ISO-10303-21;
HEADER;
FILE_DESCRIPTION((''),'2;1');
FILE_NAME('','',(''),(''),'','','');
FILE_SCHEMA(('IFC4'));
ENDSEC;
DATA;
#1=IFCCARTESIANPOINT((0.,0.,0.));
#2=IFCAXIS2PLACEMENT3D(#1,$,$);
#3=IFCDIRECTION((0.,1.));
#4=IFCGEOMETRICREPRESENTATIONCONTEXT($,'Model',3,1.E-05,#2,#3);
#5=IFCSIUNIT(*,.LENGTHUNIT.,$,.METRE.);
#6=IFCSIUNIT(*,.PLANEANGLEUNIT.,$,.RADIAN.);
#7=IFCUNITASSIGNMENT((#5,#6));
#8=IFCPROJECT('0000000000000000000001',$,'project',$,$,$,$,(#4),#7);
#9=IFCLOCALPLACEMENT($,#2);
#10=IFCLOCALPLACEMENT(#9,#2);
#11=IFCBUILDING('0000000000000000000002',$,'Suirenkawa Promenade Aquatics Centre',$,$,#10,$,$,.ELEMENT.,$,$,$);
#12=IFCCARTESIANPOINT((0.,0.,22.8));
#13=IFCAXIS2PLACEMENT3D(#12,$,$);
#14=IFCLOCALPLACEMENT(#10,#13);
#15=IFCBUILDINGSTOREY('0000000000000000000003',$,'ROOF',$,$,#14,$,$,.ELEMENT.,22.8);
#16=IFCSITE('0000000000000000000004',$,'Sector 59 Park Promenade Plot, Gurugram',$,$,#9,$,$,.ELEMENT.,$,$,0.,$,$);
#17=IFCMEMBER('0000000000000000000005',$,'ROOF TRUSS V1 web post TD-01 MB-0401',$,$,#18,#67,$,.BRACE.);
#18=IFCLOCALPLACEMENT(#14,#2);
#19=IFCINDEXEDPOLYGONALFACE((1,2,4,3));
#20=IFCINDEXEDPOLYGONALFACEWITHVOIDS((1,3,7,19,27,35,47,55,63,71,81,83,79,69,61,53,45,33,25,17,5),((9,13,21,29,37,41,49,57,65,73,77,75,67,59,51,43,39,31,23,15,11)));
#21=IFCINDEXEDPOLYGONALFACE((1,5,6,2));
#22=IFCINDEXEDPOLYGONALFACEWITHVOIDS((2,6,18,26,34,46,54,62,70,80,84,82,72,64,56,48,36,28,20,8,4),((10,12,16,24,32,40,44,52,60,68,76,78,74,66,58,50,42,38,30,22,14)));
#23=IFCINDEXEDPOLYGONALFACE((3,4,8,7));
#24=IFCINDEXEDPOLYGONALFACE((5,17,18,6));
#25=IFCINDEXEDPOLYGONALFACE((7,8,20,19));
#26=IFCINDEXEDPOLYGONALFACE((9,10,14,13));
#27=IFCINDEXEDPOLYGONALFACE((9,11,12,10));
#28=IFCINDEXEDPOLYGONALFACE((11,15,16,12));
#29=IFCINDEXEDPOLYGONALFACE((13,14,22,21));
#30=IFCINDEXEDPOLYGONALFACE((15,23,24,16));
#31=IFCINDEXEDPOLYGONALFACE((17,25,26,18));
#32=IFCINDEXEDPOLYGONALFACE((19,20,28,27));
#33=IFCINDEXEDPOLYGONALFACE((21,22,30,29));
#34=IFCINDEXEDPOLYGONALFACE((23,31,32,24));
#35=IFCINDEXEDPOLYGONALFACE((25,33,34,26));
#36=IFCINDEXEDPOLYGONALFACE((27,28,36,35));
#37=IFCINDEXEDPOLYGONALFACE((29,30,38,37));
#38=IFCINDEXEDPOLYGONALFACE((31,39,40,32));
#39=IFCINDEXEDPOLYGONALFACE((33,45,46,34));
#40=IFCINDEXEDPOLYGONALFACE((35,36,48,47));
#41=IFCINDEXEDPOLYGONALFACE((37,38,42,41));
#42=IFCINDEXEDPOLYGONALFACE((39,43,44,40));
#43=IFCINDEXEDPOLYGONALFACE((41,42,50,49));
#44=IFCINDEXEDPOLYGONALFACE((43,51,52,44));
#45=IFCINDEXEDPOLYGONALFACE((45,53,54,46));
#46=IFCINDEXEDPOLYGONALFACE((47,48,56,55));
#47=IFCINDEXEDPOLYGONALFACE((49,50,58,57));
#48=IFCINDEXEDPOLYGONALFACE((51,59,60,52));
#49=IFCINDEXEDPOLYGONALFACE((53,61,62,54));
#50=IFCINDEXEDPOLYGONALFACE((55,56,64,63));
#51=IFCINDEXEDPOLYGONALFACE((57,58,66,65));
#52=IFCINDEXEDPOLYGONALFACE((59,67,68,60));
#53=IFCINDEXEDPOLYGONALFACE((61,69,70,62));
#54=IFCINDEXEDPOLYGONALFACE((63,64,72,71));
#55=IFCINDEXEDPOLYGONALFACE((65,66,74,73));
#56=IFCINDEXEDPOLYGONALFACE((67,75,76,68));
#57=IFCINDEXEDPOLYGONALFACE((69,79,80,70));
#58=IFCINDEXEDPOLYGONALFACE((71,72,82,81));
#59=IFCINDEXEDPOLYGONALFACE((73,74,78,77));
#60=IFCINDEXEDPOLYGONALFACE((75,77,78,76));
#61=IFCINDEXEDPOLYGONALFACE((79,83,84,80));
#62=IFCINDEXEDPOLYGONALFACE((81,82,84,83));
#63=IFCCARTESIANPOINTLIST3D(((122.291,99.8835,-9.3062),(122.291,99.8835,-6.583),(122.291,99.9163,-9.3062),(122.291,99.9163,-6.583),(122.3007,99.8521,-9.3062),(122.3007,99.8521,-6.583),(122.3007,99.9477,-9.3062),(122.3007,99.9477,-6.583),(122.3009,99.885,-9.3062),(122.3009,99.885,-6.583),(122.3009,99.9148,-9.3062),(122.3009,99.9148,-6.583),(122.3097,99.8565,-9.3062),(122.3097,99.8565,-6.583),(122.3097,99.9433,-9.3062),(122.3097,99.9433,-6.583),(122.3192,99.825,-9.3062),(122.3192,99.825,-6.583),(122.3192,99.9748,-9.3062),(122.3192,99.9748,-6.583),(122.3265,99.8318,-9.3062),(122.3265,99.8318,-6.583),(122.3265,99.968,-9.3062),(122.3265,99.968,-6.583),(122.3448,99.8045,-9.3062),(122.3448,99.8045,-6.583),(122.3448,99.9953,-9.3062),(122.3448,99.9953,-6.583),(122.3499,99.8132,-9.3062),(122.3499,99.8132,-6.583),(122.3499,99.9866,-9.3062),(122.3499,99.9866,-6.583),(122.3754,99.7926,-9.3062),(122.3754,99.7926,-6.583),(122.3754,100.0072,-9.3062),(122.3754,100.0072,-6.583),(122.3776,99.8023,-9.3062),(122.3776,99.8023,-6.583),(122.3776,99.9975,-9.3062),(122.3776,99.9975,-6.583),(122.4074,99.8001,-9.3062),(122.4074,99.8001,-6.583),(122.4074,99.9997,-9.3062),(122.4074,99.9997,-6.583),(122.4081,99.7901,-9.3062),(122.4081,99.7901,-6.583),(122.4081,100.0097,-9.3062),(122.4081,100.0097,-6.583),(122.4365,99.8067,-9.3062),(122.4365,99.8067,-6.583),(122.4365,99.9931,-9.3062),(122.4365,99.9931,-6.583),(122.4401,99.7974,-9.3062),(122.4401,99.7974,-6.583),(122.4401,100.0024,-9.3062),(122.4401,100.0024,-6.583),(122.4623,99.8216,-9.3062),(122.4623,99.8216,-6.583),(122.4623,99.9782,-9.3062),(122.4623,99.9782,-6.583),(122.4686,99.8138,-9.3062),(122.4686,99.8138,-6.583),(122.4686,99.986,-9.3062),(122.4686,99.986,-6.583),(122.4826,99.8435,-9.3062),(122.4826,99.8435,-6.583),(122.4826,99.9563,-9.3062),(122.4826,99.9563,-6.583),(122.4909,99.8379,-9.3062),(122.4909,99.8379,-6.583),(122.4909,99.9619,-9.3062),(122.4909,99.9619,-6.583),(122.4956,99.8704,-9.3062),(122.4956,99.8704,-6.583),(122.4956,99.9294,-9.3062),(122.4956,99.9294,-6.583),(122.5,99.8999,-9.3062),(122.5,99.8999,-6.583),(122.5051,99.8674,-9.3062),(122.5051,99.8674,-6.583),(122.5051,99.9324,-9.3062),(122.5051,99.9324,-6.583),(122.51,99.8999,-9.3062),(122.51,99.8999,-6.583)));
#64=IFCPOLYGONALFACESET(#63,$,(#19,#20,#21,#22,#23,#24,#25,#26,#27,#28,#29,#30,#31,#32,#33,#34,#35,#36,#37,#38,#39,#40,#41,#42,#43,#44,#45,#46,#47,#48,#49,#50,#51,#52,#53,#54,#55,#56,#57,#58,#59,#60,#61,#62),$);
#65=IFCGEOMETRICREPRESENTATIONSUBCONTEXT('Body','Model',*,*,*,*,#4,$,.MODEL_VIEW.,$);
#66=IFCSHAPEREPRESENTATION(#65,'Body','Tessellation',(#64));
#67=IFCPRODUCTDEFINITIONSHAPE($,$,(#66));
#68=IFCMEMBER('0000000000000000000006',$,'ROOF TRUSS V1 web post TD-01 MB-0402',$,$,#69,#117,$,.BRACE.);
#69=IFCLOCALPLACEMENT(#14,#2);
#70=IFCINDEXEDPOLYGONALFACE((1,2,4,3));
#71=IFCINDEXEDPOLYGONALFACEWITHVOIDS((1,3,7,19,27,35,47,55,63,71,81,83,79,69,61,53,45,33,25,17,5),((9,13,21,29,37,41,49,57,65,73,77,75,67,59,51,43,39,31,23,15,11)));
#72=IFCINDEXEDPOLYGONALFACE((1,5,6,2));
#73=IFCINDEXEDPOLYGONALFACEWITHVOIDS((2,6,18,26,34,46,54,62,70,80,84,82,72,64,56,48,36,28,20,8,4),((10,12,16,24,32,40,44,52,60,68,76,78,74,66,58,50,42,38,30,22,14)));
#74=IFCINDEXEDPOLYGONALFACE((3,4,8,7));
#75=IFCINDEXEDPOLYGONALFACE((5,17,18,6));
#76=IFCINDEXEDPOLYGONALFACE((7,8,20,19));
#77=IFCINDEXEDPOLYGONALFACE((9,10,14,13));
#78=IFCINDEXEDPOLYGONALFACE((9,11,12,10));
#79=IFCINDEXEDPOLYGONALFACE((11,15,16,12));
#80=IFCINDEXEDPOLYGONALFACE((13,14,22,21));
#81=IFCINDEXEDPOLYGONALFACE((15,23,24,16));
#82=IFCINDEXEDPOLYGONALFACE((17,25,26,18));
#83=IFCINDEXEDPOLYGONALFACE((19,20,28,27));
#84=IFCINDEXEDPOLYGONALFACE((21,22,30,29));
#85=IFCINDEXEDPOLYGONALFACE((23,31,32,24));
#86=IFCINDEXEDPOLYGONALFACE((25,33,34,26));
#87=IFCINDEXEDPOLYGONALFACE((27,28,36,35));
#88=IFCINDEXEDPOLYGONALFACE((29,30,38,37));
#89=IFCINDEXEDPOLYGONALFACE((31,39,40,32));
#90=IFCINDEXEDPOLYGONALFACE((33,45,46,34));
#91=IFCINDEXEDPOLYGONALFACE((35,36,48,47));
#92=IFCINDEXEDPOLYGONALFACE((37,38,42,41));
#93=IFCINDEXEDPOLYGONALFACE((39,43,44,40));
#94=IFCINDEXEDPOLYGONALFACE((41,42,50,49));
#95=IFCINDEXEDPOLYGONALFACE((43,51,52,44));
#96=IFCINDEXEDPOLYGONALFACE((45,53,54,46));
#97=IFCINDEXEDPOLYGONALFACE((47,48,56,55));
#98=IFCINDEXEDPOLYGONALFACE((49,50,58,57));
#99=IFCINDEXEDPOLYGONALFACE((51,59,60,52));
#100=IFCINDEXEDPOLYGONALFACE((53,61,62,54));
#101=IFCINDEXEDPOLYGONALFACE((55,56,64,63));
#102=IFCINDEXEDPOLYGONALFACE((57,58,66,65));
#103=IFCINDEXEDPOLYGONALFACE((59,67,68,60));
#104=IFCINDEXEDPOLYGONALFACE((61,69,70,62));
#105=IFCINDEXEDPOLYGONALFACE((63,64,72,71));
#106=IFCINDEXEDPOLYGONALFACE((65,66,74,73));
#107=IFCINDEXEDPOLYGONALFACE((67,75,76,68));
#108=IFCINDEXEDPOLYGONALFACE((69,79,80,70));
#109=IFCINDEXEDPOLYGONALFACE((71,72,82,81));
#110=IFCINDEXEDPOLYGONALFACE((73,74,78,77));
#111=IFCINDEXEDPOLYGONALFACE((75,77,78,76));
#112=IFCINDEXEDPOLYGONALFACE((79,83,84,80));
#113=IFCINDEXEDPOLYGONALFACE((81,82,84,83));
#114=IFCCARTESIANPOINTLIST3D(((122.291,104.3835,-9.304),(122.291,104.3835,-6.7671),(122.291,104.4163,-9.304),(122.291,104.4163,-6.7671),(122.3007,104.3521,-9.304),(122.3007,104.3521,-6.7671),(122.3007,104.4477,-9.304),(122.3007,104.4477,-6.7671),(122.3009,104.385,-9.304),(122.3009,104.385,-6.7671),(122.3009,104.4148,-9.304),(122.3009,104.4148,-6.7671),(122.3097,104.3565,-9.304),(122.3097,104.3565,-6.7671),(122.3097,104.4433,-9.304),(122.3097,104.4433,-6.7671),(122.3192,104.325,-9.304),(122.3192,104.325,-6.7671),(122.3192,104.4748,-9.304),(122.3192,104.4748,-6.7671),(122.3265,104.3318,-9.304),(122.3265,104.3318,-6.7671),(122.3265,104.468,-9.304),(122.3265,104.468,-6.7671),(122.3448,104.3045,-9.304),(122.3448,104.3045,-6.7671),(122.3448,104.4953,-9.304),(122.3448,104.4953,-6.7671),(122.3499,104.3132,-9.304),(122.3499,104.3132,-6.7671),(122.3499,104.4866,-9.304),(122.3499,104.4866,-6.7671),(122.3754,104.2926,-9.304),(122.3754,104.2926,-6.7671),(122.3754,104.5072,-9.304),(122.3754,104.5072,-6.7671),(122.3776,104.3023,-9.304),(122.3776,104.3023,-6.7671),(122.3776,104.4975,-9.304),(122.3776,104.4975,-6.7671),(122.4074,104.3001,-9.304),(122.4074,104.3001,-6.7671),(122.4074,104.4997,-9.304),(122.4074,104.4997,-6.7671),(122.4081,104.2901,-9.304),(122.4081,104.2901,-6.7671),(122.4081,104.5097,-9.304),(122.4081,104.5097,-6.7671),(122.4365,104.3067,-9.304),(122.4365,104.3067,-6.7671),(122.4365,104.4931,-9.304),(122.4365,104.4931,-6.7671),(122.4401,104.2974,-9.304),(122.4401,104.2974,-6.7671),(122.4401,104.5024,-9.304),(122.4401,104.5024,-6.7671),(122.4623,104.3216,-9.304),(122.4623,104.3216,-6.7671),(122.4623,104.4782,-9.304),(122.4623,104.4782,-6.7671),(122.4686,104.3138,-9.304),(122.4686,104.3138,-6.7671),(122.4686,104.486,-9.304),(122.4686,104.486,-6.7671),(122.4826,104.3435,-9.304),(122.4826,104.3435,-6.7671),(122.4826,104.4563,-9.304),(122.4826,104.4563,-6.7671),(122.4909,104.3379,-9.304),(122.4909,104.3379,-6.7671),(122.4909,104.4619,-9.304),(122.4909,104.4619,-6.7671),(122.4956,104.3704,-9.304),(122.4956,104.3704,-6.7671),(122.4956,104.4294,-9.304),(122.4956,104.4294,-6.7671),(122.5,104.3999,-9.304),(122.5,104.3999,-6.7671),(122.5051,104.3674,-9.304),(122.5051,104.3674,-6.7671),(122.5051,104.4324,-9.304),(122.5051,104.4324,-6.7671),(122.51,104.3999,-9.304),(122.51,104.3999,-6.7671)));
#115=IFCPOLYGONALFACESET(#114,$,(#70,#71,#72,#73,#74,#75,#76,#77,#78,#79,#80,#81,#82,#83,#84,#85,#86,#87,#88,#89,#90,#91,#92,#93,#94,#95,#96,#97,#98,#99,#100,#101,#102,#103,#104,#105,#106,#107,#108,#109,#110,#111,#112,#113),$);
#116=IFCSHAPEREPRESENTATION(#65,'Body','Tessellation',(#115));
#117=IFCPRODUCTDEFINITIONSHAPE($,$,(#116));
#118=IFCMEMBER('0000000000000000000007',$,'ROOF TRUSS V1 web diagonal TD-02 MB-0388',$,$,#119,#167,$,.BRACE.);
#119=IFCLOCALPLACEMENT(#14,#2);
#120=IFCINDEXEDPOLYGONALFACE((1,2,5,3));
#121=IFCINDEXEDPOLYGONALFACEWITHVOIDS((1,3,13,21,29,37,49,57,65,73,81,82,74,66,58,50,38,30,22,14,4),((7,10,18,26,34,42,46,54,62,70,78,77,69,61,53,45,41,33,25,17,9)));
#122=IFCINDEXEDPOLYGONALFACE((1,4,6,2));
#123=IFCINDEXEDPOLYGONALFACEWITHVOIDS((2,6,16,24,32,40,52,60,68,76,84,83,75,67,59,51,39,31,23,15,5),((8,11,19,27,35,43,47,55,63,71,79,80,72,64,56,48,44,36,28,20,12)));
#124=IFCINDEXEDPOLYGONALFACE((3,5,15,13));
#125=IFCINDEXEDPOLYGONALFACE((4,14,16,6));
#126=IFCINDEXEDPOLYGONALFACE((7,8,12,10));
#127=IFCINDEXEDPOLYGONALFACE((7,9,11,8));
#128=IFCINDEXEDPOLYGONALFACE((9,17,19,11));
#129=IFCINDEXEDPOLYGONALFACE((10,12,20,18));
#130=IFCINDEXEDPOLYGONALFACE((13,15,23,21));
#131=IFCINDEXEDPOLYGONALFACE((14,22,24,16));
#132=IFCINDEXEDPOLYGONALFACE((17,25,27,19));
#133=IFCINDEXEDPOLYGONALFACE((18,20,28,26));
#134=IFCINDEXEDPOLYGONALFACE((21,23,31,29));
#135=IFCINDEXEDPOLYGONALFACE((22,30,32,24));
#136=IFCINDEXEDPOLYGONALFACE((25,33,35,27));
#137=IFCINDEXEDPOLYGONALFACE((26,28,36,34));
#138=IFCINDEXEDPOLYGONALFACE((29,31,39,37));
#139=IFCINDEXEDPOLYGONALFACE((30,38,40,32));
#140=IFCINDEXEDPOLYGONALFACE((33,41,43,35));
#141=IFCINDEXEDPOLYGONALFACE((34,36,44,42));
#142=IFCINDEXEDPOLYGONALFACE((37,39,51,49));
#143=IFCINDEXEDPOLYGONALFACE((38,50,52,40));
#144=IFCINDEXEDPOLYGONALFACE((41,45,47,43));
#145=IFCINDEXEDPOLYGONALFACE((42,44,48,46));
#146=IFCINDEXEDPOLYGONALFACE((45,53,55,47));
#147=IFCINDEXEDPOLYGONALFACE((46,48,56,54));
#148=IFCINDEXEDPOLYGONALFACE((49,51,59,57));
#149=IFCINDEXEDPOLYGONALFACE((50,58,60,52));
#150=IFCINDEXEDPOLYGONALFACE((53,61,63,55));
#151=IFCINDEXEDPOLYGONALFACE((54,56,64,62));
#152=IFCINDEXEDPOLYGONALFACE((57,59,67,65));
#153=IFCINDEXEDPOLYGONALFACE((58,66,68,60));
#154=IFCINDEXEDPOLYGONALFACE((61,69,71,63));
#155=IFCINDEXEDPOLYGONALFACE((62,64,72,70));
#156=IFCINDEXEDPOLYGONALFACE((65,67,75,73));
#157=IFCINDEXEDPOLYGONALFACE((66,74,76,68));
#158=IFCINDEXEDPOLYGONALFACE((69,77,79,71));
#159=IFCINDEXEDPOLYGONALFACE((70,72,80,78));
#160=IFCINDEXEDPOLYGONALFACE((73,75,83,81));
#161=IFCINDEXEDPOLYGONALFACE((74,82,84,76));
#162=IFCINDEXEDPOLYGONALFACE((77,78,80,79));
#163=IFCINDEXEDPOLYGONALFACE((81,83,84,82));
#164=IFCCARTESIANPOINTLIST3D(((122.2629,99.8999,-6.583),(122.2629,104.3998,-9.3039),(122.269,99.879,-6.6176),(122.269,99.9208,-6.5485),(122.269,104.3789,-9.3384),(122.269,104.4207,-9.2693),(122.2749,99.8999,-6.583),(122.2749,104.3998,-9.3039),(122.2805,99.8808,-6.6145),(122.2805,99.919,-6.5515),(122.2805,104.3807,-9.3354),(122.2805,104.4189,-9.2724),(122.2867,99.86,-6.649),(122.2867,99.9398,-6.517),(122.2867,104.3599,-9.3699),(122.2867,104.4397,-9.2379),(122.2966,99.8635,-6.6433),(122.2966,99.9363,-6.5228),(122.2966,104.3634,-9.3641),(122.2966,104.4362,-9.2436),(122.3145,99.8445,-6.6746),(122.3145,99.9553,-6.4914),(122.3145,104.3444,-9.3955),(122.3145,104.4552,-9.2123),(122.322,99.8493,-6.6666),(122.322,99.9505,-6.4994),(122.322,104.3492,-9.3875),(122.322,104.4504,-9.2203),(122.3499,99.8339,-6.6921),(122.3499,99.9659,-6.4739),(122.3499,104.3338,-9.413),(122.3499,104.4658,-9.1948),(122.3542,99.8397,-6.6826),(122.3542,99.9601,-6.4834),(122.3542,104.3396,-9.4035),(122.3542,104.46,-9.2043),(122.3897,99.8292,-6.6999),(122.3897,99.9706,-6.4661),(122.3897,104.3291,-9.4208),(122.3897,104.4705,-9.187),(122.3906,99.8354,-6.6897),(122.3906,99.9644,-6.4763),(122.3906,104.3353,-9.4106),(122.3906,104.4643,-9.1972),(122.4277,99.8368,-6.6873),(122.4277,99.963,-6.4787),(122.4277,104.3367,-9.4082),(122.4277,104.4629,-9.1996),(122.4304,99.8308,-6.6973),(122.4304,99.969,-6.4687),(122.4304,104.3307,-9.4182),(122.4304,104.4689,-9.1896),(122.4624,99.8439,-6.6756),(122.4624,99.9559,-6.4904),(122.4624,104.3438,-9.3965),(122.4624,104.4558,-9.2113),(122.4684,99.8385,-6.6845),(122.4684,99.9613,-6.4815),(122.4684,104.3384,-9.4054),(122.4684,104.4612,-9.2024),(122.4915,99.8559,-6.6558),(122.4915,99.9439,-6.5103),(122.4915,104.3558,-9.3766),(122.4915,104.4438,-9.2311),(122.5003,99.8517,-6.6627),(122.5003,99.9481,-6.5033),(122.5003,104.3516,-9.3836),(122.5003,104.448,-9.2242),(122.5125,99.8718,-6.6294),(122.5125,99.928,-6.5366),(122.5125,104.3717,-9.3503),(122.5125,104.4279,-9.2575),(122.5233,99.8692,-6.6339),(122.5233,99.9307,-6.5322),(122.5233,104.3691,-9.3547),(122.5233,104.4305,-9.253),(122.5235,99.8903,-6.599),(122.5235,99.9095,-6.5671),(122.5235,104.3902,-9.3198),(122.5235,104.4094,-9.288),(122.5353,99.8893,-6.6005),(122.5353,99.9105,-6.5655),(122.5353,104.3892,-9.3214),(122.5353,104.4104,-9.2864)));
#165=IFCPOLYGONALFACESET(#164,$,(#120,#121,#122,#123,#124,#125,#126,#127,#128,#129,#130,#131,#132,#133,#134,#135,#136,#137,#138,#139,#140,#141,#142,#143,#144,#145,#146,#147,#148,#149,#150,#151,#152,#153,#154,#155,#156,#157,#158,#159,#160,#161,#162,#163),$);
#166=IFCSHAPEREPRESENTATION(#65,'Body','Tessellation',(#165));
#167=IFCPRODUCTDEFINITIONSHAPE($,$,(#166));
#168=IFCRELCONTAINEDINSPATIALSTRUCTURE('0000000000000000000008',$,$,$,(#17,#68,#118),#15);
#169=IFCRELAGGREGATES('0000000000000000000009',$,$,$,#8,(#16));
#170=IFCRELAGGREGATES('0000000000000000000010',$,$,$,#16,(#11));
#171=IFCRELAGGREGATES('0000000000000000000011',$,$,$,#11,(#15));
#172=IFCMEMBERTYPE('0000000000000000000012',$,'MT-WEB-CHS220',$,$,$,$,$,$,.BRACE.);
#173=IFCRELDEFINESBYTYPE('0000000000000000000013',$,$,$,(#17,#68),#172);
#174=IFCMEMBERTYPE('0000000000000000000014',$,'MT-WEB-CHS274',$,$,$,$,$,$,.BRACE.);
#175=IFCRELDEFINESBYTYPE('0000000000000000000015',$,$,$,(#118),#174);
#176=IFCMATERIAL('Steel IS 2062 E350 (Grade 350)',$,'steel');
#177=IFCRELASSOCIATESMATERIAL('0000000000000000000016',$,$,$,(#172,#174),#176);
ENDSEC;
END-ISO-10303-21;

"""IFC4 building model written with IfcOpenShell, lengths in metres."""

from ifc_helpers import new_model, si_unit, direction, frame, origin, origin_2d, place, context, subcontext, project, spatial, hollow_circle, extrude, material, material_profile, profile_set, type_object, element, save


model = new_model("IFC4")

# Units and contexts
model_context = context("Model", 3, precision=1e-05, world=origin(), true_north=direction((0.0, 1.0)))
body_context = subcontext(model_context, "Body", "Model", "MODEL_VIEW")
ifc_project = project(units=[si_unit("LENGTHUNIT", "METRE"), si_unit("PLANEANGLEUNIT", "RADIAN")], contexts=[model_context])

# Site, building, storey
site_placement = place(None, origin())
site = spatial("IfcSite", under=ifc_project, at=site_placement, Name="Sector 59 Park Promenade Plot, Gurugram", CompositionType="ELEMENT", RefElevation=0.0)
building_placement = place(site_placement, origin())
building = spatial("IfcBuilding", under=site, at=building_placement, Name="Suirenkawa Promenade Aquatics Centre", CompositionType="ELEMENT")
storey_placement = place(building_placement, frame((0.0, 0.0, 22.8)))
storey = spatial("IfcBuildingStorey", under=building, at=storey_placement, Name="ROOF", CompositionType="ELEMENT", Elevation=22.8)

# Shared definitions
ifc_material = material(Name="Steel IS 2062 E350 (Grade 350)", Category="steel")

# Members
ifc_material_profile_1 = material_profile(ifc_material, hollow_circle(Radius=0.1101, WallThickness=0.01, at=origin_2d()), Name="CHS 220x10", Category="steel")
ifc_profile_set_1 = profile_set([ifc_material_profile_1], Name="Steel IS 2062 E350 (Grade 350)")
member_type_1 = type_object("IfcMemberType", Name="MT-WEB-CHS220", PredefinedType="BRACE", material=ifc_profile_set_1)
member_1_placement = place(storey_placement, frame((122.3999, 99.8999, -9.3062), z_axis=(0.0, 0.0, 1.0), x_axis=(1.0, 0.0, 0.0)))
element("IfcMember", 1, at=member_1_placement, inside=storey, type_object=member_type_1, Name="ROOF TRUSS V1 web post TD-01 MB-0401", PredefinedType="BRACE", context=body_context, shape_type="SweptSolid", body=[
    extrude(hollow_circle(Radius=0.1101, WallThickness=0.01, at=origin_2d()), origin(), (0.0, 0.0, 1.0), 2.7231),
])
member_2_placement = place(storey_placement, frame((122.3999, 104.3999, -9.304), z_axis=(0.0, 0.0, 1.0), x_axis=(1.0, 0.0, 0.0)))
element("IfcMember", 2, at=member_2_placement, inside=storey, type_object=member_type_1, Name="ROOF TRUSS V1 web post TD-01 MB-0402", PredefinedType="BRACE", context=body_context, shape_type="SweptSolid", body=[
    extrude(hollow_circle(Radius=0.1101, WallThickness=0.01, at=origin_2d()), origin(), (0.0, 0.0, 1.0), 2.5369),
])
ifc_material_profile_2 = material_profile(ifc_material, hollow_circle(Radius=0.137, WallThickness=0.012, at=origin_2d()), Name="CHS 274x12", Category="steel")
ifc_profile_set_2 = profile_set([ifc_material_profile_2], Name="Steel IS 2062 E350 (Grade 350)")
member_type_2 = type_object("IfcMemberType", Name="MT-WEB-CHS274", PredefinedType="BRACE", material=ifc_profile_set_2)
member_3_placement = place(storey_placement, frame((122.3999, 99.8999, -6.583), z_axis=(0.0, 0.855731, -0.517422), x_axis=(-1.0, 0.0, 0.0)))
element("IfcMember", 3, at=member_3_placement, inside=storey, type_object=member_type_2, Name="ROOF TRUSS V1 web diagonal TD-02 MB-0388", PredefinedType="BRACE", context=body_context, shape_type="SweptSolid", body=[
    extrude(hollow_circle(Radius=0.137, WallThickness=0.012, at=origin_2d()), origin(), (0.0, 0.0, 1.0), 5.2585),
])

save(model, "model.ifc")
